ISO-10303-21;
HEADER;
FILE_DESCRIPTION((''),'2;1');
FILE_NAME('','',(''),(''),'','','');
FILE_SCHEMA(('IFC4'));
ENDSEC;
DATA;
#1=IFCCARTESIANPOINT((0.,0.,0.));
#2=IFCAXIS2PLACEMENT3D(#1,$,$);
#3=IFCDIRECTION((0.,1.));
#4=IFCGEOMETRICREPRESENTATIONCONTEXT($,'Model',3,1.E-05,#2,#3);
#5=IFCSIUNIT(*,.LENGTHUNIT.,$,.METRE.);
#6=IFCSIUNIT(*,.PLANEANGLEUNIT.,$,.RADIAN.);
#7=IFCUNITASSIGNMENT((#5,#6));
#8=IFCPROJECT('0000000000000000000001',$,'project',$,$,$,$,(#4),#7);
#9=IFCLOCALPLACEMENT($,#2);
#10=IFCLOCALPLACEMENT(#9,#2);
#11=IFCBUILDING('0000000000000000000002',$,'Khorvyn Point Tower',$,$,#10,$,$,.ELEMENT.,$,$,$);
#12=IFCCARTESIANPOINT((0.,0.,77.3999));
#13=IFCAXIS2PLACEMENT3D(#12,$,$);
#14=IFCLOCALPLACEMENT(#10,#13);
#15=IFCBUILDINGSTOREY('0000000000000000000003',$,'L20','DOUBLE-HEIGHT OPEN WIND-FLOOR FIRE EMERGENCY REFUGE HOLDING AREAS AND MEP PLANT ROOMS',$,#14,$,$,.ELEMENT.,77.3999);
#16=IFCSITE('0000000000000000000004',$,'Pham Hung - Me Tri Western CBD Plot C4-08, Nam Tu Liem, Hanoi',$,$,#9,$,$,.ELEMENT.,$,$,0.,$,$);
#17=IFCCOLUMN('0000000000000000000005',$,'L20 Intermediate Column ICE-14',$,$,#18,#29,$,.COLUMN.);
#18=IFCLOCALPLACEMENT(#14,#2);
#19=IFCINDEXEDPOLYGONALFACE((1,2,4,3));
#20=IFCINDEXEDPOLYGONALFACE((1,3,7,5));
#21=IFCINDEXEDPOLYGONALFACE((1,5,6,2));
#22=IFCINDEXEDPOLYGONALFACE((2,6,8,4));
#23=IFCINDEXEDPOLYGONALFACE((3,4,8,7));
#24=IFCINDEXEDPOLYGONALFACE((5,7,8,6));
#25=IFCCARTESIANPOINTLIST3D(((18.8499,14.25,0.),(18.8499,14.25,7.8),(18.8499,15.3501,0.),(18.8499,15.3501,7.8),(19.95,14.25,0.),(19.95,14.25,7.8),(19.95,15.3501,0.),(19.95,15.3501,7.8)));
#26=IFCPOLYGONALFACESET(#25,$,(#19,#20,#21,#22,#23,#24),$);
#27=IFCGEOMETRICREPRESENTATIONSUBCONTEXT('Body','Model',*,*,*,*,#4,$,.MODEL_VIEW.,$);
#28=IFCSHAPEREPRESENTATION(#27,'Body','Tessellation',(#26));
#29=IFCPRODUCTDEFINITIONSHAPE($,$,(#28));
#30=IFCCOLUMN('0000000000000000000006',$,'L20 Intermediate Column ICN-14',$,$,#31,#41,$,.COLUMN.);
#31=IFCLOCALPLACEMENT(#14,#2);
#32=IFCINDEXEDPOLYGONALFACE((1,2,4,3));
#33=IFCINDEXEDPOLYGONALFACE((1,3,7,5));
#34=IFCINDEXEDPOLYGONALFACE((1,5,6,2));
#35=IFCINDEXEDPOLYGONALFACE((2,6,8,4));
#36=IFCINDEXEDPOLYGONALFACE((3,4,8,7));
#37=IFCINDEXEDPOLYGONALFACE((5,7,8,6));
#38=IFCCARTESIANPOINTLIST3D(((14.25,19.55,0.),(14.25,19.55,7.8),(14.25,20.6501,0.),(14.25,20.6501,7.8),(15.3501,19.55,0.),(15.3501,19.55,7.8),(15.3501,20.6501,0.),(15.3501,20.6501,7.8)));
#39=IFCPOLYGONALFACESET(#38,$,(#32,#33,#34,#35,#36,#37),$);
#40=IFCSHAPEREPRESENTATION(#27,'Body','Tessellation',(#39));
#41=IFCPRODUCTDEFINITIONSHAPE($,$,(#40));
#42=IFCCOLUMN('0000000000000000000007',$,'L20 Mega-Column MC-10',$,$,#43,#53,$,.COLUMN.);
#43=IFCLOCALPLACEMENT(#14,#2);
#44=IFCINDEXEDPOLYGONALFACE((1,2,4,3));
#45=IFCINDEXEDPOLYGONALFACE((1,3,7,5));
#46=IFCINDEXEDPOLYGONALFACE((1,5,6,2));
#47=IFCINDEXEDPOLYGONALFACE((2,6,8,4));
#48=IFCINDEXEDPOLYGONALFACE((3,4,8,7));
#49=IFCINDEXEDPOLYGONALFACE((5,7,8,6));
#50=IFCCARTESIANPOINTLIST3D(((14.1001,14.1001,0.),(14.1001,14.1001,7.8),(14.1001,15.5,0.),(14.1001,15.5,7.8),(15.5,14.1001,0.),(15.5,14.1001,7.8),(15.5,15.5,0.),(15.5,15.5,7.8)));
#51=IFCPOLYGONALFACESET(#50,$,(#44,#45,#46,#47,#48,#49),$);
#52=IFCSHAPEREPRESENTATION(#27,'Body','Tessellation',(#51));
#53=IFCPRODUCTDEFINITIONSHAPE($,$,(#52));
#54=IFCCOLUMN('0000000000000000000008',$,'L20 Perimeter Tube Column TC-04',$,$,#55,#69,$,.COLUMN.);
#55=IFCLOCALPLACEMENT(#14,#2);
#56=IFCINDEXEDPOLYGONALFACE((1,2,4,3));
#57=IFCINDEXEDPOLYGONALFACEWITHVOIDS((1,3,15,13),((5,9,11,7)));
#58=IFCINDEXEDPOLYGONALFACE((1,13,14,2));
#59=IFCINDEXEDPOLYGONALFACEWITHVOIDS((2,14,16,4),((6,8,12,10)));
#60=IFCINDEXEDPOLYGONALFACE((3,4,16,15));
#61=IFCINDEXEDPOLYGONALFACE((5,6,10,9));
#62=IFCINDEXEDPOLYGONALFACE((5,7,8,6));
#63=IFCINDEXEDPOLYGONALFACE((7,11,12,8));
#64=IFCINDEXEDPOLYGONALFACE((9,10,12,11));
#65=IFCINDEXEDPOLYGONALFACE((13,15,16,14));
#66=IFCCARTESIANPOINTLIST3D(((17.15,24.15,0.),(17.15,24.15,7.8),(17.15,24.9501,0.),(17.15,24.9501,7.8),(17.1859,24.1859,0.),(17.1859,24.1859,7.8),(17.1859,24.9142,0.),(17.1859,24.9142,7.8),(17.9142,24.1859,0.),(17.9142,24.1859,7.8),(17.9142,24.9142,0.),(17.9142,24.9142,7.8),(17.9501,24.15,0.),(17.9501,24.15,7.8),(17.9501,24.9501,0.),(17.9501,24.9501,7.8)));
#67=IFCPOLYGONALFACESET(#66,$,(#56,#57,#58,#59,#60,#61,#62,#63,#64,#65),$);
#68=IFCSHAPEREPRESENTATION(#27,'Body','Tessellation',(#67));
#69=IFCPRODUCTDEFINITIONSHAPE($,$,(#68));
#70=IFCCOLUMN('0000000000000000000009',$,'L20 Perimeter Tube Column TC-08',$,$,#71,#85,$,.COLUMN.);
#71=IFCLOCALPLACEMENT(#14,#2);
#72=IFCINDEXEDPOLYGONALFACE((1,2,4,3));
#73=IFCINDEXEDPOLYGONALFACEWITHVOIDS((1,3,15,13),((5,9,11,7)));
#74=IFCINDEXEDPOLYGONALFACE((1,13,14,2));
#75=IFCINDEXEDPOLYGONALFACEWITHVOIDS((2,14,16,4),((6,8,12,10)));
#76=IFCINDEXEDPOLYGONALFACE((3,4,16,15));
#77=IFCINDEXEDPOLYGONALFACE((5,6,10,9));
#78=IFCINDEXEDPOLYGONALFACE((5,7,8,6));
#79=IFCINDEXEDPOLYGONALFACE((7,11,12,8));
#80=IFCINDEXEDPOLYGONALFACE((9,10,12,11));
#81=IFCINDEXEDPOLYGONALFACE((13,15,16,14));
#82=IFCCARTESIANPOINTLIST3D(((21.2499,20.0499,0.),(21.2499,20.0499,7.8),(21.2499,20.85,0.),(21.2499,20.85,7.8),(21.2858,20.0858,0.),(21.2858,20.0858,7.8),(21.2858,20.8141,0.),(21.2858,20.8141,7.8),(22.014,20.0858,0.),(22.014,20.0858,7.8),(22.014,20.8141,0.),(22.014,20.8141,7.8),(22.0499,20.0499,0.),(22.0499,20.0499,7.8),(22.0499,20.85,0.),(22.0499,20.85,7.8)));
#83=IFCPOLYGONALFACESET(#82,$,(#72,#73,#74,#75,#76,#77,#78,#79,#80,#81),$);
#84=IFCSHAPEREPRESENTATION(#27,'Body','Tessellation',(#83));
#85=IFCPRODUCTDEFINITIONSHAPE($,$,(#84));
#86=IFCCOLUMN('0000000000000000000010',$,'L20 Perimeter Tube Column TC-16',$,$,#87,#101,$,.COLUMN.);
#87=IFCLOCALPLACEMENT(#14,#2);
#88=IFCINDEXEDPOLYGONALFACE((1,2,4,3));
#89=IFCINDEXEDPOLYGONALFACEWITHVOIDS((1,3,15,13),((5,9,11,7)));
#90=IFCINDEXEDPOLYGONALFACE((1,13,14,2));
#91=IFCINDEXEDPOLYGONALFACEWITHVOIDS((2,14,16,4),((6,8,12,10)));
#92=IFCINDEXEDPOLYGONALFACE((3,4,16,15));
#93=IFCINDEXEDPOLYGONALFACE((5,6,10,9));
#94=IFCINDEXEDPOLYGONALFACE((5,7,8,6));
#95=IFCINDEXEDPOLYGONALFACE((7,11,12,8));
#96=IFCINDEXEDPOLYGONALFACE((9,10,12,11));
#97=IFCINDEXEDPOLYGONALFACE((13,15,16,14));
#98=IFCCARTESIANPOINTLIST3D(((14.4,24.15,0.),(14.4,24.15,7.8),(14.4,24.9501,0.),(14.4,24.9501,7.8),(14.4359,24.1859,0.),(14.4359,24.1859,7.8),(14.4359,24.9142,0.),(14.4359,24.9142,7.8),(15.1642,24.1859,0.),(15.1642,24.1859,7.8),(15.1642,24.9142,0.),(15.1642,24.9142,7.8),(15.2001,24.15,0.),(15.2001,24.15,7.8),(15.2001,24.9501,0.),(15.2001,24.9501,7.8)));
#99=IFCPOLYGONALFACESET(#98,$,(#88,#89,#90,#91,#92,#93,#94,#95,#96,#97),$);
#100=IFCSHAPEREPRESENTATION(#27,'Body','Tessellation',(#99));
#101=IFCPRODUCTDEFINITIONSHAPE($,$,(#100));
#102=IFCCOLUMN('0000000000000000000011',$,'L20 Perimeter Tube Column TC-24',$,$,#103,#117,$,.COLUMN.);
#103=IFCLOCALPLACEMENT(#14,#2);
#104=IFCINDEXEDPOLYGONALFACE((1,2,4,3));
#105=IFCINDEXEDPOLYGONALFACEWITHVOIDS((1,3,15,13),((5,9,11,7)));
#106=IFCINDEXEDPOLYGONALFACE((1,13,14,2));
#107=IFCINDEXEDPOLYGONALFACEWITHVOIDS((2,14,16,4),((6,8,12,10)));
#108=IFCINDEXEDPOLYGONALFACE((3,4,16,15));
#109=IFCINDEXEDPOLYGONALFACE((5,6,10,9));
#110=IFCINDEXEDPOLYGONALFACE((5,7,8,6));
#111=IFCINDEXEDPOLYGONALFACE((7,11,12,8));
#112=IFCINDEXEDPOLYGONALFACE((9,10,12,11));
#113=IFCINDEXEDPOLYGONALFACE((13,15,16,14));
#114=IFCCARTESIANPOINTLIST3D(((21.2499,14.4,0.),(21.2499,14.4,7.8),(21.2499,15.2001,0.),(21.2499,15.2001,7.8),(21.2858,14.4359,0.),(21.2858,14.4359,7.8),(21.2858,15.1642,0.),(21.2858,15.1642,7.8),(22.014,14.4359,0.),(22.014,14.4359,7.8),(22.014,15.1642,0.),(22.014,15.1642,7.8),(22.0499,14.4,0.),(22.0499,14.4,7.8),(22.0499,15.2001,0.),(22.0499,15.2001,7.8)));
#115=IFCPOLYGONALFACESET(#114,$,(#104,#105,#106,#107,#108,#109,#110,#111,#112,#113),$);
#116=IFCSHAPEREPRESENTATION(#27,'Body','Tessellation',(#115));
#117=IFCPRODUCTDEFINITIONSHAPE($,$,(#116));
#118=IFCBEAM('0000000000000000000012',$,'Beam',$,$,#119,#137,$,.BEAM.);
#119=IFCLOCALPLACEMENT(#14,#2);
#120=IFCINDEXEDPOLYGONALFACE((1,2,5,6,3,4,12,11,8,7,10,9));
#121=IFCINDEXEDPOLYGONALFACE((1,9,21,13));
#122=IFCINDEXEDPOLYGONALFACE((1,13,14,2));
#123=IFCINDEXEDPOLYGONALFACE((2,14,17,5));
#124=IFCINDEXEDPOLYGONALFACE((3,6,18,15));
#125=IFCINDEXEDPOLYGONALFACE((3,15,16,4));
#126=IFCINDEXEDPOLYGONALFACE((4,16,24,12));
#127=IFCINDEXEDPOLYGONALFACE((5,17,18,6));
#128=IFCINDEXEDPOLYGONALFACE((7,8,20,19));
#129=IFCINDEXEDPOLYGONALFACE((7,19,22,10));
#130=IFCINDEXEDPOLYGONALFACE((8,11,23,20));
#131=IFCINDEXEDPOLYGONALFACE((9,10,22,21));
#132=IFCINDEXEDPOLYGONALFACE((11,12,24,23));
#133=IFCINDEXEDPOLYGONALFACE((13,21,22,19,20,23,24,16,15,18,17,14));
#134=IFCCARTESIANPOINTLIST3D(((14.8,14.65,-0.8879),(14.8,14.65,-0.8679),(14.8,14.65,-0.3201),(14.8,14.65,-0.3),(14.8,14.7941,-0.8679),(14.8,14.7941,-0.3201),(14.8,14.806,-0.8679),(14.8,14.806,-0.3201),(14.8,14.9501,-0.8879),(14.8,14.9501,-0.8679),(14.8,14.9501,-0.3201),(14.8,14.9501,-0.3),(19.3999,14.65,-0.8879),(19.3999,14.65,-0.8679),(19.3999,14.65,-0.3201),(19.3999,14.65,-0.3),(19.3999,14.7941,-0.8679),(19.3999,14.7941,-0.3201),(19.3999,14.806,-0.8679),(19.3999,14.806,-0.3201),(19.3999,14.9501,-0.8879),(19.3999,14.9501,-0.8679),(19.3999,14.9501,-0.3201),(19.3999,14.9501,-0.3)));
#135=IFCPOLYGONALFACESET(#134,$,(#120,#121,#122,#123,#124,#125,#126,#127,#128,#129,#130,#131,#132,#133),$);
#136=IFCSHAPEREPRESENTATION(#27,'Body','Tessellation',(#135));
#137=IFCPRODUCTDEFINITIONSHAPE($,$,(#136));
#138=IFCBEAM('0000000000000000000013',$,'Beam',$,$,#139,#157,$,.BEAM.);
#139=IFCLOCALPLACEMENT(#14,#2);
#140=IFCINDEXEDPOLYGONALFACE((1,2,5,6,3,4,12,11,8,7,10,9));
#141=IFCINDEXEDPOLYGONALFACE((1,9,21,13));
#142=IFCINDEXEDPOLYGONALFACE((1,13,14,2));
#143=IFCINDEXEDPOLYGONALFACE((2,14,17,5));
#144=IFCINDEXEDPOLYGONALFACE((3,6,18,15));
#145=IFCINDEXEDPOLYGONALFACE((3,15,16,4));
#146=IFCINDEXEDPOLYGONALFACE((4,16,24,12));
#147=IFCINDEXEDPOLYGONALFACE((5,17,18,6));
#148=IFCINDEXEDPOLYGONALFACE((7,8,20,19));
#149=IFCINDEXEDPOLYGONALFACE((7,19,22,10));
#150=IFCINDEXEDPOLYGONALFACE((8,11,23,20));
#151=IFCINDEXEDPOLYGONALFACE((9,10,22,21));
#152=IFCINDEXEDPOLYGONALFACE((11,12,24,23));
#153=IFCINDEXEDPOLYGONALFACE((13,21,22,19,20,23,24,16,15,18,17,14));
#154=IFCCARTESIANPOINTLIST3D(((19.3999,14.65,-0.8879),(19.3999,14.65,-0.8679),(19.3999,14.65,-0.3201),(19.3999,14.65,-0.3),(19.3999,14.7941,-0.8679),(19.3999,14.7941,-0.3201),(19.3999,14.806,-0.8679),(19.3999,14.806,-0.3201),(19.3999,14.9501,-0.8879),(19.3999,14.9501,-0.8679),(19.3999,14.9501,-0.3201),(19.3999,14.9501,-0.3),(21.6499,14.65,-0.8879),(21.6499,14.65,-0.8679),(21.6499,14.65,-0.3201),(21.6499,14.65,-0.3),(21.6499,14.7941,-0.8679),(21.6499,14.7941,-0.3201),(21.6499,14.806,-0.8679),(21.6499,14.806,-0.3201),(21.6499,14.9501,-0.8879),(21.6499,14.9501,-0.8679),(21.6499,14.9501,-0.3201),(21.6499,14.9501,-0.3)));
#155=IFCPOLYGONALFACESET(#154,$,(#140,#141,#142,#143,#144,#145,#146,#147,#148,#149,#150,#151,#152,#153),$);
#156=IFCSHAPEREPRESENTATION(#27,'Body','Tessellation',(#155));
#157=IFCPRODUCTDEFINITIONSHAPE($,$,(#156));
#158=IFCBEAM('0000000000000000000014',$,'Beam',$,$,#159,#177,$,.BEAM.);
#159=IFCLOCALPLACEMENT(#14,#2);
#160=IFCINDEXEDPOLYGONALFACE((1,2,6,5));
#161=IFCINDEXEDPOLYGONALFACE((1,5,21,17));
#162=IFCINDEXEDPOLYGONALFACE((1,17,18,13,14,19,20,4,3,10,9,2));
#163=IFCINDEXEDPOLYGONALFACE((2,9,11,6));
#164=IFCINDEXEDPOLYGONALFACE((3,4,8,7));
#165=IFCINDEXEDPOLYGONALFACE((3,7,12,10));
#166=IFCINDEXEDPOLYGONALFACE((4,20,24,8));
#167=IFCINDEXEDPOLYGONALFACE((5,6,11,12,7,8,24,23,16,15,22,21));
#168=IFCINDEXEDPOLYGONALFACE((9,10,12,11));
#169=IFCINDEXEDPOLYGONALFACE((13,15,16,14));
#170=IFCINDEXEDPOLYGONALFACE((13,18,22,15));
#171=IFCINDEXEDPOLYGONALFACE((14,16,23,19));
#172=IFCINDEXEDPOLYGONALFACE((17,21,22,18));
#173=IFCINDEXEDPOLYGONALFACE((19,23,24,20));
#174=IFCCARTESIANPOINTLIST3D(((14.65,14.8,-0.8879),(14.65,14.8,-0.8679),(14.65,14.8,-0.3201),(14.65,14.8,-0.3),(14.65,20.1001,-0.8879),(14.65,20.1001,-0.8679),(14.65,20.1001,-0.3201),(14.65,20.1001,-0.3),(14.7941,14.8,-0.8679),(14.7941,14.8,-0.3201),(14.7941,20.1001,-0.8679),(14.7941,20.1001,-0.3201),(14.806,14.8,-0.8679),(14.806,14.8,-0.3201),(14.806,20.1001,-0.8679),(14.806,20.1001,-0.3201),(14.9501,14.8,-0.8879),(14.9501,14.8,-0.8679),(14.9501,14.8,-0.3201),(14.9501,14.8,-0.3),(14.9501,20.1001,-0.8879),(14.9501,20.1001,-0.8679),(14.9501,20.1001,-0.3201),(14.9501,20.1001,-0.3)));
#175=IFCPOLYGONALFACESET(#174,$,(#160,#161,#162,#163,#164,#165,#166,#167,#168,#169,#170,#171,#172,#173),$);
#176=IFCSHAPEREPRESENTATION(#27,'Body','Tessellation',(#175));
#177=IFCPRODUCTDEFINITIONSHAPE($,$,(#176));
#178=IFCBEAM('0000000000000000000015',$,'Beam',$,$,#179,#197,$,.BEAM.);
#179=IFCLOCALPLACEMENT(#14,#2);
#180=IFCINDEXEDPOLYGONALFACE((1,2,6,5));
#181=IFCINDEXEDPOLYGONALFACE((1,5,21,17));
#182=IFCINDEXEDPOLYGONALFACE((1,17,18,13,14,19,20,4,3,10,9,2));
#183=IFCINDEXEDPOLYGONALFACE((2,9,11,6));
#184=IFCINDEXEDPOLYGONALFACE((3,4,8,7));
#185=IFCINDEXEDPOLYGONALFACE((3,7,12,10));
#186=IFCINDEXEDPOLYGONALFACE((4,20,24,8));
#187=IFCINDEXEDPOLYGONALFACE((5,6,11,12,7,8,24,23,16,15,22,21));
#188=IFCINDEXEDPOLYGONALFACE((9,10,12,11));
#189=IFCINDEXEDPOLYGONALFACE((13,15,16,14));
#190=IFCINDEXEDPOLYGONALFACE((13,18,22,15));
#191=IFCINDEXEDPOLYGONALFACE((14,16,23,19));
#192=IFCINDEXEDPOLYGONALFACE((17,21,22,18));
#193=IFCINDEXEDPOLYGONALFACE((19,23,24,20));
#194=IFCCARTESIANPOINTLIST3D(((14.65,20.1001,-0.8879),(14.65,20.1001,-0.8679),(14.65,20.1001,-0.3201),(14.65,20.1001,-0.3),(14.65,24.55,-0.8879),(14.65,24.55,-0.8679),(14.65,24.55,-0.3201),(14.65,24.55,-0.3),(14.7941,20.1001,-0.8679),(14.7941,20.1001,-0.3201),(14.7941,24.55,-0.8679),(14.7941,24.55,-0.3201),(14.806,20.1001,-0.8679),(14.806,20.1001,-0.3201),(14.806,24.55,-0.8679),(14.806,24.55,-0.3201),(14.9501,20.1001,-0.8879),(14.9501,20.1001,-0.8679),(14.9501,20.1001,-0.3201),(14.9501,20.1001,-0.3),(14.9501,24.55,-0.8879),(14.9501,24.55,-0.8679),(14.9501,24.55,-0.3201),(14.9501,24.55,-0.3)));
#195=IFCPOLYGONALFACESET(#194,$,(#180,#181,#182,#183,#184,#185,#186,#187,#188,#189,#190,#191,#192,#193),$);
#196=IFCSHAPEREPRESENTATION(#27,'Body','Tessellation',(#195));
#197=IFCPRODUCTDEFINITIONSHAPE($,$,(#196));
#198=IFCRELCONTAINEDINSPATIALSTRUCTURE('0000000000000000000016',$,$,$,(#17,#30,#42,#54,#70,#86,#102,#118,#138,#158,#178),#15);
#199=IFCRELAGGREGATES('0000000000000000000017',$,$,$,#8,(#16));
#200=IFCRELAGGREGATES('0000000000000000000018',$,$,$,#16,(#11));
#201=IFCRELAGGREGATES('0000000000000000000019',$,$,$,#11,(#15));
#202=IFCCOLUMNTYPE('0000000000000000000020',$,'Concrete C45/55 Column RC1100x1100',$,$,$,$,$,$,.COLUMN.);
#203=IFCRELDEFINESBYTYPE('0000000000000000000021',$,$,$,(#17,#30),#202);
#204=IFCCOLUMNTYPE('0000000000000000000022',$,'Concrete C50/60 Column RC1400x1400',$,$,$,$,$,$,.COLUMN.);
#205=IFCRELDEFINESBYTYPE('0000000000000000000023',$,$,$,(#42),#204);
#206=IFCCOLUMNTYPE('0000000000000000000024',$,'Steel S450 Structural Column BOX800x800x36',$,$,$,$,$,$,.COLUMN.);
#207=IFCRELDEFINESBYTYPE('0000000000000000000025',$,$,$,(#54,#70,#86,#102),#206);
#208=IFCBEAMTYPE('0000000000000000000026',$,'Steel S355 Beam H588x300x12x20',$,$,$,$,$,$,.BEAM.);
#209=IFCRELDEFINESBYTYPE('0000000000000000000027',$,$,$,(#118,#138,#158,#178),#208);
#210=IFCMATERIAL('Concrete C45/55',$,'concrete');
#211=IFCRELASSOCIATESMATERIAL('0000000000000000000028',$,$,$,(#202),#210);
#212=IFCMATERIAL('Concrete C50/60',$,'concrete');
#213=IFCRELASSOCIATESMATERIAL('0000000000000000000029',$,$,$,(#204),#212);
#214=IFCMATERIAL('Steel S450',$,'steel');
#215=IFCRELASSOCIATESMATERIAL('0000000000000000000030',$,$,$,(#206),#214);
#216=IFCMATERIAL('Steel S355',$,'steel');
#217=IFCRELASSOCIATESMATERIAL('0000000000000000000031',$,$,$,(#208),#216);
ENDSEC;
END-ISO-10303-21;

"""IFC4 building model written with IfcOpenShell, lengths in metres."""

from ifc_helpers import new_model, si_unit, direction, frame, origin, origin_2d, place, context, subcontext, project, spatial, rectangle, hollow_rectangle, i_section, extrude, material, material_profile, profile_set, type_object, element, save


model = new_model("IFC4")

# Units and contexts
model_context = context("Model", 3, precision=1e-05, world=origin(), true_north=direction((0.0, 1.0)))
body_context = subcontext(model_context, "Body", "Model", "MODEL_VIEW")
ifc_project = project(units=[si_unit("LENGTHUNIT", "METRE"), si_unit("PLANEANGLEUNIT", "RADIAN")], contexts=[model_context])

# Site, building, storey
site_placement = place(None, origin())
site = spatial("IfcSite", under=ifc_project, at=site_placement, Name="Pham Hung - Me Tri Western CBD Plot C4-08, Nam Tu Liem, Hanoi", CompositionType="ELEMENT", RefElevation=0.0)
building_placement = place(site_placement, origin())
building = spatial("IfcBuilding", under=site, at=building_placement, Name="Khorvyn Point Tower", CompositionType="ELEMENT")
storey_placement = place(building_placement, frame((0.0, 0.0, 77.3999)))
storey = spatial("IfcBuildingStorey", under=building, at=storey_placement, Name="L20", Description="DOUBLE-HEIGHT OPEN WIND-FLOOR FIRE EMERGENCY REFUGE HOLDING AREAS AND MEP PLANT ROOMS", CompositionType="ELEMENT", Elevation=77.3999)

# Columns
ifc_material_1 = material(Name="Concrete C45/55", Category="concrete")
ifc_material_profile_1 = material_profile(ifc_material_1, rectangle(XDim=1.1001, YDim=1.1001, at=origin_2d()))
ifc_profile_set_1 = profile_set([ifc_material_profile_1], Name="Concrete C45/55 RC1100x1100")
column_type_1 = type_object("IfcColumnType", Name="Concrete C45/55 Column RC1100x1100", PredefinedType="COLUMN", material=ifc_profile_set_1)
for number, where, z_axis, x_axis, name in (
    (1, (19.3999, 14.8, 0.0), (0.0, 0.0, 1.0), (1.0, 0.0, 0.0), "L20 Intermediate Column ICE-14"),
    (2, (14.8, 20.1001, 0.0), (0.0, 0.0, 1.0), (1.0, 0.0, 0.0), "L20 Intermediate Column ICN-14"),
):
    element("IfcColumn", number, at=place(storey_placement, frame(where, z_axis=z_axis, x_axis=x_axis)), inside=storey, type_object=column_type_1, Name=name, PredefinedType="COLUMN", context=body_context, shape_type="SweptSolid", body=[
        extrude(rectangle(XDim=1.1001, YDim=1.1001, at=origin_2d()), origin(), (0.0, 0.0, 1.0), 7.8),
    ])
ifc_material_2 = material(Name="Concrete C50/60", Category="concrete")
ifc_material_profile_2 = material_profile(ifc_material_2, rectangle(XDim=1.3999, YDim=1.3999, at=origin_2d()))
ifc_profile_set_2 = profile_set([ifc_material_profile_2], Name="Concrete C50/60 RC1400x1400")
column_type_2 = type_object("IfcColumnType", Name="Concrete C50/60 Column RC1400x1400", PredefinedType="COLUMN", material=ifc_profile_set_2)
column_placement = place(storey_placement, frame((14.8, 14.8, 0.0), z_axis=(0.0, 0.0, 1.0), x_axis=(1.0, 0.0, 0.0)))
element("IfcColumn", 3, at=column_placement, inside=storey, type_object=column_type_2, Name="L20 Mega-Column MC-10", PredefinedType="COLUMN", context=body_context, shape_type="SweptSolid", body=[
    extrude(rectangle(XDim=1.3999, YDim=1.3999, at=origin_2d()), origin(), (0.0, 0.0, 1.0), 7.8),
])
ifc_material_3 = material(Name="Steel S450", Category="steel")
ifc_material_profile_3 = material_profile(ifc_material_3, hollow_rectangle(XDim=0.8, YDim=0.8, WallThickness=0.0359, at=origin_2d()))
ifc_profile_set_3 = profile_set([ifc_material_profile_3], Name="Steel S450 BOX800x800x36")
column_type_3 = type_object("IfcColumnType", Name="Steel S450 Structural Column BOX800x800x36", PredefinedType="COLUMN", material=ifc_profile_set_3)
for number, where, z_axis, x_axis, name in (
    (4, (17.55, 24.55, 0.0), (0.0, 0.0, 1.0), (1.0, 0.0, 0.0), "L20 Perimeter Tube Column TC-04"),
    (5, (21.6499, 20.45, 0.0), (0.0, 0.0, 1.0), (1.0, 0.0, 0.0), "L20 Perimeter Tube Column TC-08"),
    (6, (14.8, 24.55, 0.0), (0.0, 0.0, 1.0), (1.0, 0.0, 0.0), "L20 Perimeter Tube Column TC-16"),
    (7, (21.6499, 14.8, 0.0), (0.0, 0.0, 1.0), (1.0, 0.0, 0.0), "L20 Perimeter Tube Column TC-24"),
):
    element("IfcColumn", number, at=place(storey_placement, frame(where, z_axis=z_axis, x_axis=x_axis)), inside=storey, type_object=column_type_3, Name=name, PredefinedType="COLUMN", context=body_context, shape_type="SweptSolid", body=[
        extrude(hollow_rectangle(XDim=0.8, YDim=0.8, WallThickness=0.0359, at=origin_2d()), origin(), (0.0, 0.0, 1.0), 7.8),
    ])

# Beams
ifc_material_4 = material(Name="Steel S355", Category="steel")
ifc_material_profile_4 = material_profile(ifc_material_4, i_section(OverallWidth=0.3, OverallDepth=0.5879, WebThickness=0.012, FlangeThickness=0.02, at=origin_2d()))
ifc_profile_set_4 = profile_set([ifc_material_profile_4], Name="Steel S355 H588x300x12x20")
beam_type_1 = type_object("IfcBeamType", Name="Steel S355 Beam H588x300x12x20", PredefinedType="BEAM", material=ifc_profile_set_4)
beam_1_placement = place(storey_placement, frame((14.8, 14.8, -0.594), z_axis=(1.0, 0.0, 0.0), x_axis=(0.0, 1.0, 0.0)))
element("IfcBeam", 8, at=beam_1_placement, inside=storey, type_object=beam_type_1, Name="Beam", PredefinedType="BEAM", context=body_context, shape_type="SweptSolid", body=[
    extrude(i_section(OverallWidth=0.3, OverallDepth=0.5879, WebThickness=0.012, FlangeThickness=0.02, at=origin_2d()), origin(), (0.0, 0.0, 1.0), 4.5999),
])
beam_2_placement = place(storey_placement, frame((19.3999, 14.8, -0.594), z_axis=(1.0, 0.0, 0.0), x_axis=(0.0, 1.0, 0.0)))
element("IfcBeam", 9, at=beam_2_placement, inside=storey, type_object=beam_type_1, Name="Beam", PredefinedType="BEAM", context=body_context, shape_type="SweptSolid", body=[
    extrude(i_section(OverallWidth=0.3, OverallDepth=0.5879, WebThickness=0.012, FlangeThickness=0.02, at=origin_2d()), origin(), (0.0, 0.0, 1.0), 2.25),
])
beam_3_placement = place(storey_placement, frame((14.8, 14.8, -0.594), z_axis=(0.0, 1.0, 0.0), x_axis=(-1.0, 0.0, 0.0)))
element("IfcBeam", 10, at=beam_3_placement, inside=storey, type_object=beam_type_1, Name="Beam", PredefinedType="BEAM", context=body_context, shape_type="SweptSolid", body=[
    extrude(i_section(OverallWidth=0.3, OverallDepth=0.5879, WebThickness=0.012, FlangeThickness=0.02, at=origin_2d()), origin(), (0.0, 0.0, 1.0), 5.3),
])
beam_4_placement = place(storey_placement, frame((14.8, 20.1001, -0.594), z_axis=(0.0, 1.0, 0.0), x_axis=(-1.0, 0.0, 0.0)))
element("IfcBeam", 11, at=beam_4_placement, inside=storey, type_object=beam_type_1, Name="Beam", PredefinedType="BEAM", context=body_context, shape_type="SweptSolid", body=[
    extrude(i_section(OverallWidth=0.3, OverallDepth=0.5879, WebThickness=0.012, FlangeThickness=0.02, at=origin_2d()), origin(), (0.0, 0.0, 1.0), 4.45),
])

save(model, "model.ifc")
